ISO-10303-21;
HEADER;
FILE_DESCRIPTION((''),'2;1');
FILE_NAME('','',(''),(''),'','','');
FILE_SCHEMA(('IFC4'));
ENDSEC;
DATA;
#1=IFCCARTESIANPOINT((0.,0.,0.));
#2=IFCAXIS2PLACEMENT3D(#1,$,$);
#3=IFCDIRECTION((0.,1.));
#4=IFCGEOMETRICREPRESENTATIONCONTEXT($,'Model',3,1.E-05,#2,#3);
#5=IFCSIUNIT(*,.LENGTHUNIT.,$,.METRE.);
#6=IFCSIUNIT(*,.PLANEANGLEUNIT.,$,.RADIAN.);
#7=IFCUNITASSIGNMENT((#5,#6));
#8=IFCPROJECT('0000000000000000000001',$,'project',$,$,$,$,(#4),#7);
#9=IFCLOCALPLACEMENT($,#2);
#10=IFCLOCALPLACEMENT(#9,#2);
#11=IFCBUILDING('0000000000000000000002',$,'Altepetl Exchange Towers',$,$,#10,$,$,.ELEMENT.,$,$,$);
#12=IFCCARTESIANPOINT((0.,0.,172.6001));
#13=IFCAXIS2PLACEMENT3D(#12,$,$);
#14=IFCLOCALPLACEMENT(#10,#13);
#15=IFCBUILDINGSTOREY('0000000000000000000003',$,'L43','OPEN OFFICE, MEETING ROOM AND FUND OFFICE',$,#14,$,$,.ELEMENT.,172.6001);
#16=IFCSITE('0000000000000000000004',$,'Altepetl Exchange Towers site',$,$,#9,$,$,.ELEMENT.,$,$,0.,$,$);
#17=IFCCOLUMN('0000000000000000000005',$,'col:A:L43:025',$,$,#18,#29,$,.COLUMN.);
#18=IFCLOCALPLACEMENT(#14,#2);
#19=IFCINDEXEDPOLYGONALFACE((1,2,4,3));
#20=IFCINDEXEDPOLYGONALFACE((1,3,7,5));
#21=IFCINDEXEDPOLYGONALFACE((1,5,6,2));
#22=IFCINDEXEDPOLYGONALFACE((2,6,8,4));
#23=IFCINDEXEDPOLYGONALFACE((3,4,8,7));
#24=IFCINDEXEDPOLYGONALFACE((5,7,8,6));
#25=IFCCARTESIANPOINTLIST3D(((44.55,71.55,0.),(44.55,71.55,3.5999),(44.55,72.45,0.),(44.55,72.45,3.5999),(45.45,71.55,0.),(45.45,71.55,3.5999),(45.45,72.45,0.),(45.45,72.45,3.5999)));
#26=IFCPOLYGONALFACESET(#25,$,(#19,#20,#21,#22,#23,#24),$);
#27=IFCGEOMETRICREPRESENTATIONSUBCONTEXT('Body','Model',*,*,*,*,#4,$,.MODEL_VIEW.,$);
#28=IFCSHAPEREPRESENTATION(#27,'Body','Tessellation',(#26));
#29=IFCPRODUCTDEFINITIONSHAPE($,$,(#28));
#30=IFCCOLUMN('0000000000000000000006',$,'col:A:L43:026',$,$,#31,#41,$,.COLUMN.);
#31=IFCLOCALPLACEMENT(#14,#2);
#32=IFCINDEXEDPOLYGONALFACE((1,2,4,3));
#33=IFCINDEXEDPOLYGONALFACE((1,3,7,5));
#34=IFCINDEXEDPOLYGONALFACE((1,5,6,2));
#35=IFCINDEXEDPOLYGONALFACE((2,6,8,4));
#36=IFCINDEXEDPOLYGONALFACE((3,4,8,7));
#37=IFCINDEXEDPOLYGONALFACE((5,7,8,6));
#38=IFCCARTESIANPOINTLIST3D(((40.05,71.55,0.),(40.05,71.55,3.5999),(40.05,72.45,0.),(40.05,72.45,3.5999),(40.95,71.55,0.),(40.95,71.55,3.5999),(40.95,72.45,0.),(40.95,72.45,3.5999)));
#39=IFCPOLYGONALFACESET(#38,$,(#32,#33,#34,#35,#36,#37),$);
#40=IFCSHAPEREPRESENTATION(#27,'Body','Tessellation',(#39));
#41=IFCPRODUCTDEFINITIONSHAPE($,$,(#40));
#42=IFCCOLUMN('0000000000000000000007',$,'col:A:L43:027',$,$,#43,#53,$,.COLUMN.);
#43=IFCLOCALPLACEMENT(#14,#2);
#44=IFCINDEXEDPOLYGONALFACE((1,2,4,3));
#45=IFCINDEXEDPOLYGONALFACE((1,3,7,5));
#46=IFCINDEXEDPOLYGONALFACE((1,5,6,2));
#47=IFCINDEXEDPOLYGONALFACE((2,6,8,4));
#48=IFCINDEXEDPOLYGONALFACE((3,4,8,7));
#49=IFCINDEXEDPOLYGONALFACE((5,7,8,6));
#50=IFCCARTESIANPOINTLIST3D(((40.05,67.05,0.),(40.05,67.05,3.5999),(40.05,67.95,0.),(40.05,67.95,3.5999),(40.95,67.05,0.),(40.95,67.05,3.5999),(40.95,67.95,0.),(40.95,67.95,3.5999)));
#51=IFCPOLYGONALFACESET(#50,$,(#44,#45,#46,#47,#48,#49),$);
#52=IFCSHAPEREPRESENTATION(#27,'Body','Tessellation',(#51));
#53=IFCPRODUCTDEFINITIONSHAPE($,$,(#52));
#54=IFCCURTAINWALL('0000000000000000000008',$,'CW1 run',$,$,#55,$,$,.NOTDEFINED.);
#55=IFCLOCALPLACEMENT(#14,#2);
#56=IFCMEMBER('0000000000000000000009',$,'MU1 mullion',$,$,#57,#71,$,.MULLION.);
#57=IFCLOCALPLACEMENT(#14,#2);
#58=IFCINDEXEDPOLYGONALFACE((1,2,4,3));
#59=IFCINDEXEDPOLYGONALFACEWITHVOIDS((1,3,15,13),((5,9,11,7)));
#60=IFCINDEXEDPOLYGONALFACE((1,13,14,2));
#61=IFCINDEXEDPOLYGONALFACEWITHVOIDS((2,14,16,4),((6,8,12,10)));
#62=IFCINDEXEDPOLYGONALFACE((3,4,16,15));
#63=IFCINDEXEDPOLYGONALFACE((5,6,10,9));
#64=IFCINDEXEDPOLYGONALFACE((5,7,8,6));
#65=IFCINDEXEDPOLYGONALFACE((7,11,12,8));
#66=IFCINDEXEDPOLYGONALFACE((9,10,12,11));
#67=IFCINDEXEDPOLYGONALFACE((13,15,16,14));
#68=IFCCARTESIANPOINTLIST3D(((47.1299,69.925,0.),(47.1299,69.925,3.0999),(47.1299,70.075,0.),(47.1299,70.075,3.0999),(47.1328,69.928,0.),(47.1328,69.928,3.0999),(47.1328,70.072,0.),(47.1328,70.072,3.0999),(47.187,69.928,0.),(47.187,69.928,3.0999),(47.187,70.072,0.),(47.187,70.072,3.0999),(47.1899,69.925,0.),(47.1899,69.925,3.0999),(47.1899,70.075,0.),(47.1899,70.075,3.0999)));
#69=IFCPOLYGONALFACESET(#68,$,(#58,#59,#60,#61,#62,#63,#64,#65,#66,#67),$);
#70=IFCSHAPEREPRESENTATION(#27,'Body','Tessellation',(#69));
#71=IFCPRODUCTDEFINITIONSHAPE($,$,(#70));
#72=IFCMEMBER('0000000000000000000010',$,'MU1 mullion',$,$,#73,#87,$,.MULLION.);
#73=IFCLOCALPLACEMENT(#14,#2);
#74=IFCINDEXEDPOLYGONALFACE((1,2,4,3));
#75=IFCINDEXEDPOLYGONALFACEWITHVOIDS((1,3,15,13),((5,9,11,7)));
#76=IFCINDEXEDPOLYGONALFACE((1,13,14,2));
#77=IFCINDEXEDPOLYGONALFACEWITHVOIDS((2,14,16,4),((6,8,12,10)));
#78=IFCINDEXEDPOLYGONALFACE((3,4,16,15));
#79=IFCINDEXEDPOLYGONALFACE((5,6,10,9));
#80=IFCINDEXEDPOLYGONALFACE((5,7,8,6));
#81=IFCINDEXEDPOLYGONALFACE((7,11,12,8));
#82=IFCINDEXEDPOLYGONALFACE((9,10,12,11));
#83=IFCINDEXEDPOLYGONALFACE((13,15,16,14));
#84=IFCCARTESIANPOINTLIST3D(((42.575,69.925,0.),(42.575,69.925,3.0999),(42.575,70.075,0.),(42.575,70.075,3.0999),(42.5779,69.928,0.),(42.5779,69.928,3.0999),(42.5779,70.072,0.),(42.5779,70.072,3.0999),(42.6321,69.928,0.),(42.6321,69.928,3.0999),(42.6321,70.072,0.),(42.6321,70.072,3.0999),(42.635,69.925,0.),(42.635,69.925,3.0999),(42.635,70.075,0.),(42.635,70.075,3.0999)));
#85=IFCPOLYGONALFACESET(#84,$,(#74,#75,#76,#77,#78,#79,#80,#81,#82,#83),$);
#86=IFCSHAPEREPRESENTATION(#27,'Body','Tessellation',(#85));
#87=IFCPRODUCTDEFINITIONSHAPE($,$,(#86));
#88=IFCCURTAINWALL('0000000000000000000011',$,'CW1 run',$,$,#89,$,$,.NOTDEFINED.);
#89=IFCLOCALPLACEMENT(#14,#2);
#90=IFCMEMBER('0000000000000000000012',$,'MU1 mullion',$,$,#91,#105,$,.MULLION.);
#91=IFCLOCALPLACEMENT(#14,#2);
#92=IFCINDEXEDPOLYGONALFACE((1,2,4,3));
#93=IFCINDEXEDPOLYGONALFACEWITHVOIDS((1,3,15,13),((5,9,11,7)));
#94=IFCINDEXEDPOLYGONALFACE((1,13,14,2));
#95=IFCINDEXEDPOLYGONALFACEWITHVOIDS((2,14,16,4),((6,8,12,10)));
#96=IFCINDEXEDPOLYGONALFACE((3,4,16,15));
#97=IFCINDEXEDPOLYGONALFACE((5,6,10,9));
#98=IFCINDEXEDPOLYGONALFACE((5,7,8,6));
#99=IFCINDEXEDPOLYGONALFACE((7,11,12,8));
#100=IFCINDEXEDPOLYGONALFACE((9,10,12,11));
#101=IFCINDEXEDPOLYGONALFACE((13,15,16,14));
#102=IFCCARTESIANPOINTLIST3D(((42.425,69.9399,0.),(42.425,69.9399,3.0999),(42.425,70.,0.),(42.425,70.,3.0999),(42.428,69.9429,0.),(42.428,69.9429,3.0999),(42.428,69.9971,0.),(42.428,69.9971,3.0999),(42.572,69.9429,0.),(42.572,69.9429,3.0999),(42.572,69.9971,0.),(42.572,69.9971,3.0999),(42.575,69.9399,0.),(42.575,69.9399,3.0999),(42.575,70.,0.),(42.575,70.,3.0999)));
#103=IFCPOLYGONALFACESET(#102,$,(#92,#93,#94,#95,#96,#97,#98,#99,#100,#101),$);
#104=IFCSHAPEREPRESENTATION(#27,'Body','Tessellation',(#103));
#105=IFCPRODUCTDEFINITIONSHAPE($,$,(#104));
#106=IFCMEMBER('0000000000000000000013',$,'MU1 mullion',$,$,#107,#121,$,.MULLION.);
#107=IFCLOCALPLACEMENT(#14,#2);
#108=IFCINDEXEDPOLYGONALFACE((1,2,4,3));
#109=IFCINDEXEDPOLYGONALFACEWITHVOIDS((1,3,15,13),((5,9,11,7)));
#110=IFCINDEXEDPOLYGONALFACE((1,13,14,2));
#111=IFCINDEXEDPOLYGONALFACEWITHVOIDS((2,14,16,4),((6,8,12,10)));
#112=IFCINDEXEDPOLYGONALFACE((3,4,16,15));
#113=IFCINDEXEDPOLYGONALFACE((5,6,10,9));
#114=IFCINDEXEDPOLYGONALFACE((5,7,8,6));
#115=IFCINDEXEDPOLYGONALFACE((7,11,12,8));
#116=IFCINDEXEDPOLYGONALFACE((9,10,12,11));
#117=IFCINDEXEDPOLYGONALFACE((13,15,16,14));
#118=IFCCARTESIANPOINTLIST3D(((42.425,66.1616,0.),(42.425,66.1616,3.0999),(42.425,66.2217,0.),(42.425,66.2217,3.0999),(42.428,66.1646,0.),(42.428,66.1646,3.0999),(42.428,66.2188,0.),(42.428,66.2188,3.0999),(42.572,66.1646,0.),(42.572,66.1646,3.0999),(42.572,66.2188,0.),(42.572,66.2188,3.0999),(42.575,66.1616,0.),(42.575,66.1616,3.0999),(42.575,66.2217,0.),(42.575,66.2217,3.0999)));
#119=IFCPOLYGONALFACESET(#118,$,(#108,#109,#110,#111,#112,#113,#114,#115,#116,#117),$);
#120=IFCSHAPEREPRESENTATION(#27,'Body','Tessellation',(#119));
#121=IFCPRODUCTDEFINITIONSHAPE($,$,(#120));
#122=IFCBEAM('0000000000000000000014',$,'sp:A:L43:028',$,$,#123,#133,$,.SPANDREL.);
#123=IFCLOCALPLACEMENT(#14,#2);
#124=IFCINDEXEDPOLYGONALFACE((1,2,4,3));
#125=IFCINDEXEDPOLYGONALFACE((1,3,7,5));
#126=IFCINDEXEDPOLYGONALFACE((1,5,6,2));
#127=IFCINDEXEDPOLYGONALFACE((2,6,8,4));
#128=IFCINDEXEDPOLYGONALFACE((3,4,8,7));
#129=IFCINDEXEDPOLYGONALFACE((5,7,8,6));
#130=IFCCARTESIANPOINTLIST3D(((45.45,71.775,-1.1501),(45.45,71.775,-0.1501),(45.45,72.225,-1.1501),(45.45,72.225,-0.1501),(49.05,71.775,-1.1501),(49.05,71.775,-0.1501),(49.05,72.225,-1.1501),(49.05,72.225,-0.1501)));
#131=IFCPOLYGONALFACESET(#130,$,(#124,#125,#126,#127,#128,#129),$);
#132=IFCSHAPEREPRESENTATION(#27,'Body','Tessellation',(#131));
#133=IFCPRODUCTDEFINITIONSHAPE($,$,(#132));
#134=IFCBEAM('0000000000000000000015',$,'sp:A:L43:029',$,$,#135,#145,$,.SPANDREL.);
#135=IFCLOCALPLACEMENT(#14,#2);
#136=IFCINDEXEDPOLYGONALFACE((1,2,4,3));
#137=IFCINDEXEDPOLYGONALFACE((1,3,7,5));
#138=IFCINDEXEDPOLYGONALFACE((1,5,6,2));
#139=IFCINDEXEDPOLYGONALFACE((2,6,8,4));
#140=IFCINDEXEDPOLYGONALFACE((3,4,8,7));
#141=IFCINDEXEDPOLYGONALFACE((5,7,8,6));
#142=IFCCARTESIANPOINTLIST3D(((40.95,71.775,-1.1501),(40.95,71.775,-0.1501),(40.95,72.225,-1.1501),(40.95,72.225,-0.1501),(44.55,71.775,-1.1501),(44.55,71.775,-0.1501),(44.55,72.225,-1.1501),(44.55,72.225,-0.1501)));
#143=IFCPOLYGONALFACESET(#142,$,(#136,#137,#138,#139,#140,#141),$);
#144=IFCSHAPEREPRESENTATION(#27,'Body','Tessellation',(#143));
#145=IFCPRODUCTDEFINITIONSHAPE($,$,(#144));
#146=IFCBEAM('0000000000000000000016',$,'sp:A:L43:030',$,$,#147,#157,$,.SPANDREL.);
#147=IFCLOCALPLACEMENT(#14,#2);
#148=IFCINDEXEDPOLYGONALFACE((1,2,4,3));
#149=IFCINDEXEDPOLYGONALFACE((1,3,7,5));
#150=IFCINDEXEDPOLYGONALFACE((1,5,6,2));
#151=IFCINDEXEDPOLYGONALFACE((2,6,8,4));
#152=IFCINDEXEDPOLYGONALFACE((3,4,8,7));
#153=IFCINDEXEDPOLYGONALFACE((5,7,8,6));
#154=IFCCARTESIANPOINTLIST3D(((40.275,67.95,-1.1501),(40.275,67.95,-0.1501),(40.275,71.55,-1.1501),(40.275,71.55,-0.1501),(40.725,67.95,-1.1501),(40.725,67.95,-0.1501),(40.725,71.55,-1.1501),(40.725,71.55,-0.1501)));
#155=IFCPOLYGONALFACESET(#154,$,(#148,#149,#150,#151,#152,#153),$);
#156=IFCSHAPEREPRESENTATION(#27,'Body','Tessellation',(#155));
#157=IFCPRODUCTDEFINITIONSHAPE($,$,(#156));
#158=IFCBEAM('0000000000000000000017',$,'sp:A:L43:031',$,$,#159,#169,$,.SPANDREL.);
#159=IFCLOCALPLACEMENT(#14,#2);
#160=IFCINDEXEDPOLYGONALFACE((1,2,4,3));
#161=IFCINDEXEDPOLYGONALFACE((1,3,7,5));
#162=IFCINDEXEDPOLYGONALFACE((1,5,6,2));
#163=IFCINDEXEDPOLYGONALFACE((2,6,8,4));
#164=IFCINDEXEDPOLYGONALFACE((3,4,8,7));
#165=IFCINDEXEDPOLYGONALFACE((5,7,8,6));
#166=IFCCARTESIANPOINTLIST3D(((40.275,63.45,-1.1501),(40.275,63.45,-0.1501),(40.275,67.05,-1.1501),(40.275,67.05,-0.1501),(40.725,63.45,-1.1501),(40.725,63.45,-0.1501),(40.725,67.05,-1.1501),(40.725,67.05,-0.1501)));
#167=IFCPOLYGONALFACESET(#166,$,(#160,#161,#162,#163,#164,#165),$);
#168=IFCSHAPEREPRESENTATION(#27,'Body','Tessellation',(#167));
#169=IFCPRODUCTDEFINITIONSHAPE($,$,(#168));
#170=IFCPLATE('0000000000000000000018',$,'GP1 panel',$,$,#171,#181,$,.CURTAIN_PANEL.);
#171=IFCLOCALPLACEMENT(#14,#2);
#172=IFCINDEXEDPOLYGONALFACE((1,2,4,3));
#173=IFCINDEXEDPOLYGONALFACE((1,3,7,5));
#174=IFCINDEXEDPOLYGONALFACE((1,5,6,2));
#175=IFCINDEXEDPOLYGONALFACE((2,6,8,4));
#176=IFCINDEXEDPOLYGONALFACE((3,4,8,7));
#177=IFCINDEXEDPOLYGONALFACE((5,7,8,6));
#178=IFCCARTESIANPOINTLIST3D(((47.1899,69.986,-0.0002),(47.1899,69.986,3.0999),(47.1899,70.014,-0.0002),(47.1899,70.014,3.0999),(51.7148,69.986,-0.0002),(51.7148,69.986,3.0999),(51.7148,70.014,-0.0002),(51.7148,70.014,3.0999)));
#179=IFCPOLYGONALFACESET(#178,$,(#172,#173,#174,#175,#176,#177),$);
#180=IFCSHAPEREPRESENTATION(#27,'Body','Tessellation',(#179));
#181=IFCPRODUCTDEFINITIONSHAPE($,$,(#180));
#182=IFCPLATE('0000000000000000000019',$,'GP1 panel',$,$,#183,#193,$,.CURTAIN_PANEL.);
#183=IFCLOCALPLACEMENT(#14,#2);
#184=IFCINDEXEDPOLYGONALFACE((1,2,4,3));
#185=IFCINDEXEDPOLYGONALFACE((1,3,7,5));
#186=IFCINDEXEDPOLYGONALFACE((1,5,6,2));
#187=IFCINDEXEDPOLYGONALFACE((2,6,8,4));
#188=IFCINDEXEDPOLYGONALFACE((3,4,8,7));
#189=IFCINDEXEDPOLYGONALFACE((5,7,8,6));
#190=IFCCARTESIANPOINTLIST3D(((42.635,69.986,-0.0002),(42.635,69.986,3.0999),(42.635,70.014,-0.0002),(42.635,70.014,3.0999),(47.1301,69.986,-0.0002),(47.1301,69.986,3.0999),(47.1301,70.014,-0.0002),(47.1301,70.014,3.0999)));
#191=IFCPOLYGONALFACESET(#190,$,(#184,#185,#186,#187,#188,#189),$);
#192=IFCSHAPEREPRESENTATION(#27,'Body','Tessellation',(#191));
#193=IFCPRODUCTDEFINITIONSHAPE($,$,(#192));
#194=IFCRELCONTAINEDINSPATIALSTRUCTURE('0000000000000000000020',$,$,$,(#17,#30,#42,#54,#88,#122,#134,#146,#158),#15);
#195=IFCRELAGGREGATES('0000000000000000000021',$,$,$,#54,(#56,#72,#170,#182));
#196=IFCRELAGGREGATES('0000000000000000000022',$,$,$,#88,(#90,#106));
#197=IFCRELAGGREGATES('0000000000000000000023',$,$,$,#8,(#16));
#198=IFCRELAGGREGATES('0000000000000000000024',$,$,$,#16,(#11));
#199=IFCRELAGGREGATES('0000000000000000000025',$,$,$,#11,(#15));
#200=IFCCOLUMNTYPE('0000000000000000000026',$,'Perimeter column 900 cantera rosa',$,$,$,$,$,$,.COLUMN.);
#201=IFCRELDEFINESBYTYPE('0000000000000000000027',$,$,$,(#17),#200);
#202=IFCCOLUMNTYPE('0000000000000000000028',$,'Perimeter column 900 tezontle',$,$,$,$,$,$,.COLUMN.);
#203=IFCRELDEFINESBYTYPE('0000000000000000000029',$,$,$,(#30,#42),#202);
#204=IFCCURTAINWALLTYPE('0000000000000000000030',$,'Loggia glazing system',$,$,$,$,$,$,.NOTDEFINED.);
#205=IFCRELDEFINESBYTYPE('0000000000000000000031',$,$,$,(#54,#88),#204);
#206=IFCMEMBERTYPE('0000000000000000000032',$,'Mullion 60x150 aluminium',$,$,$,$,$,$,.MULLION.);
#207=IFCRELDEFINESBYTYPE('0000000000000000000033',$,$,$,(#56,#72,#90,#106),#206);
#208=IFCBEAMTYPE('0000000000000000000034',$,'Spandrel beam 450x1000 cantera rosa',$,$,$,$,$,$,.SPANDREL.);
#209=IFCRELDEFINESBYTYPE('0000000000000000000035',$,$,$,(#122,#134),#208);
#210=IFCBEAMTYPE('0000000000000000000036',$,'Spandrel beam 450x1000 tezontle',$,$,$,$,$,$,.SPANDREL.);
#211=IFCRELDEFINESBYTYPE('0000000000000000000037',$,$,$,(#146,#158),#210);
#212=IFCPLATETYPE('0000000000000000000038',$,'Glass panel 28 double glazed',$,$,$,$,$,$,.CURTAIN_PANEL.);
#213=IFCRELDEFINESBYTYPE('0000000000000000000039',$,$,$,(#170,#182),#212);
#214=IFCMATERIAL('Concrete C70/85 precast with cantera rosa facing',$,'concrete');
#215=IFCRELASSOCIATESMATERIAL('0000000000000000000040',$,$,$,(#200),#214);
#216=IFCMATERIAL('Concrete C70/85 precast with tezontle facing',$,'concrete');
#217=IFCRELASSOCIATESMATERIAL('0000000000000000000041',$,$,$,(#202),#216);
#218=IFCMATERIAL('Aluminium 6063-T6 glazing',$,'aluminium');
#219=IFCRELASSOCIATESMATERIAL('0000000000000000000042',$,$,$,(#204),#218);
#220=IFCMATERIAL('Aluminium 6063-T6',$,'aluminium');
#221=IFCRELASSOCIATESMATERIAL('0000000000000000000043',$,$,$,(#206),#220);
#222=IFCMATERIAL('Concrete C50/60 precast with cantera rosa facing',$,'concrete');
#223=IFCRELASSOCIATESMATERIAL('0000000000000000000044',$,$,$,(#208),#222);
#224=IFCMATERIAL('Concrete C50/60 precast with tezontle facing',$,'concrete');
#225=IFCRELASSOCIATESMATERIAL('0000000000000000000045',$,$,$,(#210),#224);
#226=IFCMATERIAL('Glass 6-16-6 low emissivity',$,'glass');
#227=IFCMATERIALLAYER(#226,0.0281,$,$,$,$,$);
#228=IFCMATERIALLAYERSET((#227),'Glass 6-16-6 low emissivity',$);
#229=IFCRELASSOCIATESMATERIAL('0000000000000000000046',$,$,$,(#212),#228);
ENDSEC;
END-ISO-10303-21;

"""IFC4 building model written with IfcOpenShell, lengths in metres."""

from ifc_helpers import new_model, si_unit, direction, frame, origin, origin_2d, place, context, subcontext, project, spatial, rectangle, hollow_rectangle, extrude, material, layer, layer_set, material_profile, profile_set, type_object, element, aggregate, save


model = new_model("IFC4")

# Units and contexts
model_context = context("Model", 3, precision=1e-05, world=origin(), true_north=direction((0.0, 1.0)))
body_context = subcontext(model_context, "Body", "Model", "MODEL_VIEW")
ifc_project = project(units=[si_unit("LENGTHUNIT", "METRE"), si_unit("PLANEANGLEUNIT", "RADIAN")], contexts=[model_context])

# Site, building, storey
site_placement = place(None, origin())
site = spatial("IfcSite", under=ifc_project, at=site_placement, Name="Altepetl Exchange Towers site", CompositionType="ELEMENT", RefElevation=0.0)
building_placement = place(site_placement, origin())
building = spatial("IfcBuilding", under=site, at=building_placement, Name="Altepetl Exchange Towers", CompositionType="ELEMENT")
storey_placement = place(building_placement, frame((0.0, 0.0, 172.6001)))
storey = spatial("IfcBuildingStorey", under=building, at=storey_placement, Name="L43", Description="OPEN OFFICE, MEETING ROOM AND FUND OFFICE", CompositionType="ELEMENT", Elevation=172.6001)

# Columns
ifc_material_1 = material(Name="Concrete C70/85 precast with cantera rosa facing", Category="concrete")
ifc_material_profile_1 = material_profile(ifc_material_1, rectangle(XDim=0.8999, YDim=0.8999, at=origin_2d()), Name="900 x 900")
ifc_profile_set_1 = profile_set([ifc_material_profile_1], Name="Concrete C70/85 precast with cantera rosa facing")
column_type_1 = type_object("IfcColumnType", Name="Perimeter column 900 cantera rosa", PredefinedType="COLUMN", material=ifc_profile_set_1)
column_placement = place(storey_placement, frame((45.0, 72.0, 0.0)))
element("IfcColumn", 1, at=column_placement, inside=storey, type_object=column_type_1, Name="col:A:L43:025", PredefinedType="COLUMN", context=body_context, shape_type="SweptSolid", body=[
    extrude(rectangle(XDim=0.8999, YDim=0.8999, at=origin_2d()), origin(), (0.0, 0.0, 1.0), 3.5999),
])
ifc_material_2 = material(Name="Concrete C70/85 precast with tezontle facing", Category="concrete")
ifc_material_profile_2 = material_profile(ifc_material_2, rectangle(XDim=0.8999, YDim=0.8999, at=origin_2d()), Name="900 x 900")
ifc_profile_set_2 = profile_set([ifc_material_profile_2], Name="Concrete C70/85 precast with tezontle facing")
column_type_2 = type_object("IfcColumnType", Name="Perimeter column 900 tezontle", PredefinedType="COLUMN", material=ifc_profile_set_2)
for number, where, name in (
    (2, (40.5, 72.0, 0.0), "col:A:L43:026"),
    (3, (40.5, 67.5, 0.0), "col:A:L43:027"),
):
    element("IfcColumn", number, at=place(storey_placement, frame(where)), inside=storey, type_object=column_type_2, Name=name, PredefinedType="COLUMN", context=body_context, shape_type="SweptSolid", body=[
        extrude(rectangle(XDim=0.8999, YDim=0.8999, at=origin_2d()), origin(), (0.0, 0.0, 1.0), 3.5999),
    ])

# Curtain walls, members
ifc_material_3 = material(Name="Aluminium 6063-T6 glazing", Category="aluminium")
curtain_wall_type = type_object("IfcCurtainWallType", Name="Loggia glazing system", PredefinedType="NOTDEFINED", material=ifc_material_3)
curtain_wall_1_placement = place(storey_placement, origin())
curtain_wall_1 = element("IfcCurtainWall", 4, at=curtain_wall_1_placement, inside=storey, type_object=curtain_wall_type, Name="CW1 run", PredefinedType="NOTDEFINED")
ifc_material_4 = material(Name="Aluminium 6063-T6", Category="aluminium")
ifc_material_profile_3 = material_profile(ifc_material_4, hollow_rectangle(XDim=0.0601, YDim=0.1499, WallThickness=0.0029, at=origin_2d()), Name="Mullion 60x150 aluminium")
ifc_profile_set_3 = profile_set([ifc_material_profile_3], Name="Aluminium 6063-T6")
member_type = type_object("IfcMemberType", Name="Mullion 60x150 aluminium", PredefinedType="MULLION", material=ifc_profile_set_3)
member_1_placement = place(storey_placement, frame((47.1599, 70.0, 0.0), z_axis=(0.0, 0.0, 1.0), x_axis=(-1.0, 0.0, 0.0)))
member_1 = element("IfcMember", 5, at=member_1_placement, type_object=member_type, Name="MU1 mullion", PredefinedType="MULLION", context=body_context, shape_type="SweptSolid", body=[
    extrude(hollow_rectangle(XDim=0.0601, YDim=0.1499, WallThickness=0.0029, at=origin_2d()), origin(), (0.0, 0.0, 1.0), 3.0999),
])
member_2_placement = place(storey_placement, frame((42.605, 70.0, 0.0), z_axis=(0.0, 0.0, 1.0), x_axis=(-1.0, 0.0, 0.0)))
member_2 = element("IfcMember", 6, at=member_2_placement, type_object=member_type, Name="MU1 mullion", PredefinedType="MULLION", context=body_context, shape_type="SweptSolid", body=[
    extrude(hollow_rectangle(XDim=0.0601, YDim=0.1499, WallThickness=0.0029, at=origin_2d()), origin(), (0.0, 0.0, 1.0), 3.0999),
])
curtain_wall_2_placement = place(storey_placement, origin())
curtain_wall_2 = element("IfcCurtainWall", 7, at=curtain_wall_2_placement, inside=storey, type_object=curtain_wall_type, Name="CW1 run", PredefinedType="NOTDEFINED")
member_3_placement = place(storey_placement, frame((42.5, 69.97, 0.0), z_axis=(0.0, 0.0, 1.0), x_axis=(0.0, -1.0, 0.0)))
member_3 = element("IfcMember", 8, at=member_3_placement, type_object=member_type, Name="MU1 mullion", PredefinedType="MULLION", context=body_context, shape_type="SweptSolid", body=[
    extrude(hollow_rectangle(XDim=0.0601, YDim=0.1499, WallThickness=0.0029, at=origin_2d()), origin(), (0.0, 0.0, 1.0), 3.0999),
])
member_4_placement = place(storey_placement, frame((42.5, 66.1917, 0.0), z_axis=(0.0, 0.0, 1.0), x_axis=(0.0, -1.0, 0.0)))
member_4 = element("IfcMember", 9, at=member_4_placement, type_object=member_type, Name="MU1 mullion", PredefinedType="MULLION", context=body_context, shape_type="SweptSolid", body=[
    extrude(hollow_rectangle(XDim=0.0601, YDim=0.1499, WallThickness=0.0029, at=origin_2d()), origin(), (0.0, 0.0, 1.0), 3.0999),
])

# Beams
ifc_material_5 = material(Name="Concrete C50/60 precast with cantera rosa facing", Category="concrete")
ifc_material_profile_4 = material_profile(ifc_material_5, rectangle(XDim=0.45, YDim=1.0, at=origin_2d()), Name="450 x 1000")
ifc_profile_set_4 = profile_set([ifc_material_profile_4], Name="Concrete C50/60 precast with cantera rosa facing")
beam_type_1 = type_object("IfcBeamType", Name="Spandrel beam 450x1000 cantera rosa", PredefinedType="SPANDREL", material=ifc_profile_set_4)
for number, where, z_axis, x_axis, name in (
    (10, (49.05, 72.0, -0.6501), (-1.0, 0.0, 0.0), (0.0, -1.0, 0.0), "sp:A:L43:028"),
    (11, (44.55, 72.0, -0.6501), (-1.0, 0.0, 0.0), (0.0, -1.0, 0.0), "sp:A:L43:029"),
):
    element("IfcBeam", number, at=place(storey_placement, frame(where, z_axis=z_axis, x_axis=x_axis)), inside=storey, type_object=beam_type_1, Name=name, PredefinedType="SPANDREL", context=body_context, shape_type="SweptSolid", body=[
        extrude(rectangle(XDim=0.45, YDim=1.0, at=origin_2d()), origin(), (0.0, 0.0, 1.0), 3.6001),
    ])
ifc_material_6 = material(Name="Concrete C50/60 precast with tezontle facing", Category="concrete")
ifc_material_profile_5 = material_profile(ifc_material_6, rectangle(XDim=0.45, YDim=1.0, at=origin_2d()), Name="450 x 1000")
ifc_profile_set_5 = profile_set([ifc_material_profile_5], Name="Concrete C50/60 precast with tezontle facing")
beam_type_2 = type_object("IfcBeamType", Name="Spandrel beam 450x1000 tezontle", PredefinedType="SPANDREL", material=ifc_profile_set_5)
for number, where, z_axis, x_axis, name in (
    (12, (40.5, 71.55, -0.6501), (0.0, -1.0, 0.0), (1.0, 0.0, 0.0), "sp:A:L43:030"),
    (13, (40.5, 67.05, -0.6501), (0.0, -1.0, 0.0), (1.0, 0.0, 0.0), "sp:A:L43:031"),
):
    element("IfcBeam", number, at=place(storey_placement, frame(where, z_axis=z_axis, x_axis=x_axis)), inside=storey, type_object=beam_type_2, Name=name, PredefinedType="SPANDREL", context=body_context, shape_type="SweptSolid", body=[
        extrude(rectangle(XDim=0.45, YDim=1.0, at=origin_2d()), origin(), (0.0, 0.0, 1.0), 3.6001),
    ])

# Plates
ifc_material_7 = material(Name="Glass 6-16-6 low emissivity", Category="glass")
ifc_layer = layer(ifc_material_7, 0.0281)
ifc_layer_set = layer_set([ifc_layer], Name="Glass 6-16-6 low emissivity")
plate_type = type_object("IfcPlateType", Name="Glass panel 28 double glazed", PredefinedType="CURTAIN_PANEL", material=ifc_layer_set)
plate_1_placement = place(storey_placement, frame((49.4524, 70.0, -0.0002), z_axis=(0.0, 0.0, 1.0), x_axis=(-1.0, 0.0, 0.0)))
plate_1 = element("IfcPlate", 14, at=plate_1_placement, type_object=plate_type, Name="GP1 panel", PredefinedType="CURTAIN_PANEL", context=body_context, shape_type="SweptSolid", body=[
    extrude(rectangle(XDim=4.5249, YDim=0.0281, at=origin_2d()), origin(), (0.0, 0.0, 1.0), 3.1001),
])
plate_2_placement = place(storey_placement, frame((44.8826, 70.0, -0.0002), z_axis=(0.0, 0.0, 1.0), x_axis=(-1.0, 0.0, 0.0)))
plate_2 = element("IfcPlate", 15, at=plate_2_placement, type_object=plate_type, Name="GP1 panel", PredefinedType="CURTAIN_PANEL", context=body_context, shape_type="SweptSolid", body=[
    extrude(rectangle(XDim=4.4951, YDim=0.0281, at=origin_2d()), origin(), (0.0, 0.0, 1.0), 3.1001),
])
aggregate(curtain_wall_1, [member_1, member_2, plate_1, plate_2])
aggregate(curtain_wall_2, [member_3, member_4])

save(model, "model.ifc")
